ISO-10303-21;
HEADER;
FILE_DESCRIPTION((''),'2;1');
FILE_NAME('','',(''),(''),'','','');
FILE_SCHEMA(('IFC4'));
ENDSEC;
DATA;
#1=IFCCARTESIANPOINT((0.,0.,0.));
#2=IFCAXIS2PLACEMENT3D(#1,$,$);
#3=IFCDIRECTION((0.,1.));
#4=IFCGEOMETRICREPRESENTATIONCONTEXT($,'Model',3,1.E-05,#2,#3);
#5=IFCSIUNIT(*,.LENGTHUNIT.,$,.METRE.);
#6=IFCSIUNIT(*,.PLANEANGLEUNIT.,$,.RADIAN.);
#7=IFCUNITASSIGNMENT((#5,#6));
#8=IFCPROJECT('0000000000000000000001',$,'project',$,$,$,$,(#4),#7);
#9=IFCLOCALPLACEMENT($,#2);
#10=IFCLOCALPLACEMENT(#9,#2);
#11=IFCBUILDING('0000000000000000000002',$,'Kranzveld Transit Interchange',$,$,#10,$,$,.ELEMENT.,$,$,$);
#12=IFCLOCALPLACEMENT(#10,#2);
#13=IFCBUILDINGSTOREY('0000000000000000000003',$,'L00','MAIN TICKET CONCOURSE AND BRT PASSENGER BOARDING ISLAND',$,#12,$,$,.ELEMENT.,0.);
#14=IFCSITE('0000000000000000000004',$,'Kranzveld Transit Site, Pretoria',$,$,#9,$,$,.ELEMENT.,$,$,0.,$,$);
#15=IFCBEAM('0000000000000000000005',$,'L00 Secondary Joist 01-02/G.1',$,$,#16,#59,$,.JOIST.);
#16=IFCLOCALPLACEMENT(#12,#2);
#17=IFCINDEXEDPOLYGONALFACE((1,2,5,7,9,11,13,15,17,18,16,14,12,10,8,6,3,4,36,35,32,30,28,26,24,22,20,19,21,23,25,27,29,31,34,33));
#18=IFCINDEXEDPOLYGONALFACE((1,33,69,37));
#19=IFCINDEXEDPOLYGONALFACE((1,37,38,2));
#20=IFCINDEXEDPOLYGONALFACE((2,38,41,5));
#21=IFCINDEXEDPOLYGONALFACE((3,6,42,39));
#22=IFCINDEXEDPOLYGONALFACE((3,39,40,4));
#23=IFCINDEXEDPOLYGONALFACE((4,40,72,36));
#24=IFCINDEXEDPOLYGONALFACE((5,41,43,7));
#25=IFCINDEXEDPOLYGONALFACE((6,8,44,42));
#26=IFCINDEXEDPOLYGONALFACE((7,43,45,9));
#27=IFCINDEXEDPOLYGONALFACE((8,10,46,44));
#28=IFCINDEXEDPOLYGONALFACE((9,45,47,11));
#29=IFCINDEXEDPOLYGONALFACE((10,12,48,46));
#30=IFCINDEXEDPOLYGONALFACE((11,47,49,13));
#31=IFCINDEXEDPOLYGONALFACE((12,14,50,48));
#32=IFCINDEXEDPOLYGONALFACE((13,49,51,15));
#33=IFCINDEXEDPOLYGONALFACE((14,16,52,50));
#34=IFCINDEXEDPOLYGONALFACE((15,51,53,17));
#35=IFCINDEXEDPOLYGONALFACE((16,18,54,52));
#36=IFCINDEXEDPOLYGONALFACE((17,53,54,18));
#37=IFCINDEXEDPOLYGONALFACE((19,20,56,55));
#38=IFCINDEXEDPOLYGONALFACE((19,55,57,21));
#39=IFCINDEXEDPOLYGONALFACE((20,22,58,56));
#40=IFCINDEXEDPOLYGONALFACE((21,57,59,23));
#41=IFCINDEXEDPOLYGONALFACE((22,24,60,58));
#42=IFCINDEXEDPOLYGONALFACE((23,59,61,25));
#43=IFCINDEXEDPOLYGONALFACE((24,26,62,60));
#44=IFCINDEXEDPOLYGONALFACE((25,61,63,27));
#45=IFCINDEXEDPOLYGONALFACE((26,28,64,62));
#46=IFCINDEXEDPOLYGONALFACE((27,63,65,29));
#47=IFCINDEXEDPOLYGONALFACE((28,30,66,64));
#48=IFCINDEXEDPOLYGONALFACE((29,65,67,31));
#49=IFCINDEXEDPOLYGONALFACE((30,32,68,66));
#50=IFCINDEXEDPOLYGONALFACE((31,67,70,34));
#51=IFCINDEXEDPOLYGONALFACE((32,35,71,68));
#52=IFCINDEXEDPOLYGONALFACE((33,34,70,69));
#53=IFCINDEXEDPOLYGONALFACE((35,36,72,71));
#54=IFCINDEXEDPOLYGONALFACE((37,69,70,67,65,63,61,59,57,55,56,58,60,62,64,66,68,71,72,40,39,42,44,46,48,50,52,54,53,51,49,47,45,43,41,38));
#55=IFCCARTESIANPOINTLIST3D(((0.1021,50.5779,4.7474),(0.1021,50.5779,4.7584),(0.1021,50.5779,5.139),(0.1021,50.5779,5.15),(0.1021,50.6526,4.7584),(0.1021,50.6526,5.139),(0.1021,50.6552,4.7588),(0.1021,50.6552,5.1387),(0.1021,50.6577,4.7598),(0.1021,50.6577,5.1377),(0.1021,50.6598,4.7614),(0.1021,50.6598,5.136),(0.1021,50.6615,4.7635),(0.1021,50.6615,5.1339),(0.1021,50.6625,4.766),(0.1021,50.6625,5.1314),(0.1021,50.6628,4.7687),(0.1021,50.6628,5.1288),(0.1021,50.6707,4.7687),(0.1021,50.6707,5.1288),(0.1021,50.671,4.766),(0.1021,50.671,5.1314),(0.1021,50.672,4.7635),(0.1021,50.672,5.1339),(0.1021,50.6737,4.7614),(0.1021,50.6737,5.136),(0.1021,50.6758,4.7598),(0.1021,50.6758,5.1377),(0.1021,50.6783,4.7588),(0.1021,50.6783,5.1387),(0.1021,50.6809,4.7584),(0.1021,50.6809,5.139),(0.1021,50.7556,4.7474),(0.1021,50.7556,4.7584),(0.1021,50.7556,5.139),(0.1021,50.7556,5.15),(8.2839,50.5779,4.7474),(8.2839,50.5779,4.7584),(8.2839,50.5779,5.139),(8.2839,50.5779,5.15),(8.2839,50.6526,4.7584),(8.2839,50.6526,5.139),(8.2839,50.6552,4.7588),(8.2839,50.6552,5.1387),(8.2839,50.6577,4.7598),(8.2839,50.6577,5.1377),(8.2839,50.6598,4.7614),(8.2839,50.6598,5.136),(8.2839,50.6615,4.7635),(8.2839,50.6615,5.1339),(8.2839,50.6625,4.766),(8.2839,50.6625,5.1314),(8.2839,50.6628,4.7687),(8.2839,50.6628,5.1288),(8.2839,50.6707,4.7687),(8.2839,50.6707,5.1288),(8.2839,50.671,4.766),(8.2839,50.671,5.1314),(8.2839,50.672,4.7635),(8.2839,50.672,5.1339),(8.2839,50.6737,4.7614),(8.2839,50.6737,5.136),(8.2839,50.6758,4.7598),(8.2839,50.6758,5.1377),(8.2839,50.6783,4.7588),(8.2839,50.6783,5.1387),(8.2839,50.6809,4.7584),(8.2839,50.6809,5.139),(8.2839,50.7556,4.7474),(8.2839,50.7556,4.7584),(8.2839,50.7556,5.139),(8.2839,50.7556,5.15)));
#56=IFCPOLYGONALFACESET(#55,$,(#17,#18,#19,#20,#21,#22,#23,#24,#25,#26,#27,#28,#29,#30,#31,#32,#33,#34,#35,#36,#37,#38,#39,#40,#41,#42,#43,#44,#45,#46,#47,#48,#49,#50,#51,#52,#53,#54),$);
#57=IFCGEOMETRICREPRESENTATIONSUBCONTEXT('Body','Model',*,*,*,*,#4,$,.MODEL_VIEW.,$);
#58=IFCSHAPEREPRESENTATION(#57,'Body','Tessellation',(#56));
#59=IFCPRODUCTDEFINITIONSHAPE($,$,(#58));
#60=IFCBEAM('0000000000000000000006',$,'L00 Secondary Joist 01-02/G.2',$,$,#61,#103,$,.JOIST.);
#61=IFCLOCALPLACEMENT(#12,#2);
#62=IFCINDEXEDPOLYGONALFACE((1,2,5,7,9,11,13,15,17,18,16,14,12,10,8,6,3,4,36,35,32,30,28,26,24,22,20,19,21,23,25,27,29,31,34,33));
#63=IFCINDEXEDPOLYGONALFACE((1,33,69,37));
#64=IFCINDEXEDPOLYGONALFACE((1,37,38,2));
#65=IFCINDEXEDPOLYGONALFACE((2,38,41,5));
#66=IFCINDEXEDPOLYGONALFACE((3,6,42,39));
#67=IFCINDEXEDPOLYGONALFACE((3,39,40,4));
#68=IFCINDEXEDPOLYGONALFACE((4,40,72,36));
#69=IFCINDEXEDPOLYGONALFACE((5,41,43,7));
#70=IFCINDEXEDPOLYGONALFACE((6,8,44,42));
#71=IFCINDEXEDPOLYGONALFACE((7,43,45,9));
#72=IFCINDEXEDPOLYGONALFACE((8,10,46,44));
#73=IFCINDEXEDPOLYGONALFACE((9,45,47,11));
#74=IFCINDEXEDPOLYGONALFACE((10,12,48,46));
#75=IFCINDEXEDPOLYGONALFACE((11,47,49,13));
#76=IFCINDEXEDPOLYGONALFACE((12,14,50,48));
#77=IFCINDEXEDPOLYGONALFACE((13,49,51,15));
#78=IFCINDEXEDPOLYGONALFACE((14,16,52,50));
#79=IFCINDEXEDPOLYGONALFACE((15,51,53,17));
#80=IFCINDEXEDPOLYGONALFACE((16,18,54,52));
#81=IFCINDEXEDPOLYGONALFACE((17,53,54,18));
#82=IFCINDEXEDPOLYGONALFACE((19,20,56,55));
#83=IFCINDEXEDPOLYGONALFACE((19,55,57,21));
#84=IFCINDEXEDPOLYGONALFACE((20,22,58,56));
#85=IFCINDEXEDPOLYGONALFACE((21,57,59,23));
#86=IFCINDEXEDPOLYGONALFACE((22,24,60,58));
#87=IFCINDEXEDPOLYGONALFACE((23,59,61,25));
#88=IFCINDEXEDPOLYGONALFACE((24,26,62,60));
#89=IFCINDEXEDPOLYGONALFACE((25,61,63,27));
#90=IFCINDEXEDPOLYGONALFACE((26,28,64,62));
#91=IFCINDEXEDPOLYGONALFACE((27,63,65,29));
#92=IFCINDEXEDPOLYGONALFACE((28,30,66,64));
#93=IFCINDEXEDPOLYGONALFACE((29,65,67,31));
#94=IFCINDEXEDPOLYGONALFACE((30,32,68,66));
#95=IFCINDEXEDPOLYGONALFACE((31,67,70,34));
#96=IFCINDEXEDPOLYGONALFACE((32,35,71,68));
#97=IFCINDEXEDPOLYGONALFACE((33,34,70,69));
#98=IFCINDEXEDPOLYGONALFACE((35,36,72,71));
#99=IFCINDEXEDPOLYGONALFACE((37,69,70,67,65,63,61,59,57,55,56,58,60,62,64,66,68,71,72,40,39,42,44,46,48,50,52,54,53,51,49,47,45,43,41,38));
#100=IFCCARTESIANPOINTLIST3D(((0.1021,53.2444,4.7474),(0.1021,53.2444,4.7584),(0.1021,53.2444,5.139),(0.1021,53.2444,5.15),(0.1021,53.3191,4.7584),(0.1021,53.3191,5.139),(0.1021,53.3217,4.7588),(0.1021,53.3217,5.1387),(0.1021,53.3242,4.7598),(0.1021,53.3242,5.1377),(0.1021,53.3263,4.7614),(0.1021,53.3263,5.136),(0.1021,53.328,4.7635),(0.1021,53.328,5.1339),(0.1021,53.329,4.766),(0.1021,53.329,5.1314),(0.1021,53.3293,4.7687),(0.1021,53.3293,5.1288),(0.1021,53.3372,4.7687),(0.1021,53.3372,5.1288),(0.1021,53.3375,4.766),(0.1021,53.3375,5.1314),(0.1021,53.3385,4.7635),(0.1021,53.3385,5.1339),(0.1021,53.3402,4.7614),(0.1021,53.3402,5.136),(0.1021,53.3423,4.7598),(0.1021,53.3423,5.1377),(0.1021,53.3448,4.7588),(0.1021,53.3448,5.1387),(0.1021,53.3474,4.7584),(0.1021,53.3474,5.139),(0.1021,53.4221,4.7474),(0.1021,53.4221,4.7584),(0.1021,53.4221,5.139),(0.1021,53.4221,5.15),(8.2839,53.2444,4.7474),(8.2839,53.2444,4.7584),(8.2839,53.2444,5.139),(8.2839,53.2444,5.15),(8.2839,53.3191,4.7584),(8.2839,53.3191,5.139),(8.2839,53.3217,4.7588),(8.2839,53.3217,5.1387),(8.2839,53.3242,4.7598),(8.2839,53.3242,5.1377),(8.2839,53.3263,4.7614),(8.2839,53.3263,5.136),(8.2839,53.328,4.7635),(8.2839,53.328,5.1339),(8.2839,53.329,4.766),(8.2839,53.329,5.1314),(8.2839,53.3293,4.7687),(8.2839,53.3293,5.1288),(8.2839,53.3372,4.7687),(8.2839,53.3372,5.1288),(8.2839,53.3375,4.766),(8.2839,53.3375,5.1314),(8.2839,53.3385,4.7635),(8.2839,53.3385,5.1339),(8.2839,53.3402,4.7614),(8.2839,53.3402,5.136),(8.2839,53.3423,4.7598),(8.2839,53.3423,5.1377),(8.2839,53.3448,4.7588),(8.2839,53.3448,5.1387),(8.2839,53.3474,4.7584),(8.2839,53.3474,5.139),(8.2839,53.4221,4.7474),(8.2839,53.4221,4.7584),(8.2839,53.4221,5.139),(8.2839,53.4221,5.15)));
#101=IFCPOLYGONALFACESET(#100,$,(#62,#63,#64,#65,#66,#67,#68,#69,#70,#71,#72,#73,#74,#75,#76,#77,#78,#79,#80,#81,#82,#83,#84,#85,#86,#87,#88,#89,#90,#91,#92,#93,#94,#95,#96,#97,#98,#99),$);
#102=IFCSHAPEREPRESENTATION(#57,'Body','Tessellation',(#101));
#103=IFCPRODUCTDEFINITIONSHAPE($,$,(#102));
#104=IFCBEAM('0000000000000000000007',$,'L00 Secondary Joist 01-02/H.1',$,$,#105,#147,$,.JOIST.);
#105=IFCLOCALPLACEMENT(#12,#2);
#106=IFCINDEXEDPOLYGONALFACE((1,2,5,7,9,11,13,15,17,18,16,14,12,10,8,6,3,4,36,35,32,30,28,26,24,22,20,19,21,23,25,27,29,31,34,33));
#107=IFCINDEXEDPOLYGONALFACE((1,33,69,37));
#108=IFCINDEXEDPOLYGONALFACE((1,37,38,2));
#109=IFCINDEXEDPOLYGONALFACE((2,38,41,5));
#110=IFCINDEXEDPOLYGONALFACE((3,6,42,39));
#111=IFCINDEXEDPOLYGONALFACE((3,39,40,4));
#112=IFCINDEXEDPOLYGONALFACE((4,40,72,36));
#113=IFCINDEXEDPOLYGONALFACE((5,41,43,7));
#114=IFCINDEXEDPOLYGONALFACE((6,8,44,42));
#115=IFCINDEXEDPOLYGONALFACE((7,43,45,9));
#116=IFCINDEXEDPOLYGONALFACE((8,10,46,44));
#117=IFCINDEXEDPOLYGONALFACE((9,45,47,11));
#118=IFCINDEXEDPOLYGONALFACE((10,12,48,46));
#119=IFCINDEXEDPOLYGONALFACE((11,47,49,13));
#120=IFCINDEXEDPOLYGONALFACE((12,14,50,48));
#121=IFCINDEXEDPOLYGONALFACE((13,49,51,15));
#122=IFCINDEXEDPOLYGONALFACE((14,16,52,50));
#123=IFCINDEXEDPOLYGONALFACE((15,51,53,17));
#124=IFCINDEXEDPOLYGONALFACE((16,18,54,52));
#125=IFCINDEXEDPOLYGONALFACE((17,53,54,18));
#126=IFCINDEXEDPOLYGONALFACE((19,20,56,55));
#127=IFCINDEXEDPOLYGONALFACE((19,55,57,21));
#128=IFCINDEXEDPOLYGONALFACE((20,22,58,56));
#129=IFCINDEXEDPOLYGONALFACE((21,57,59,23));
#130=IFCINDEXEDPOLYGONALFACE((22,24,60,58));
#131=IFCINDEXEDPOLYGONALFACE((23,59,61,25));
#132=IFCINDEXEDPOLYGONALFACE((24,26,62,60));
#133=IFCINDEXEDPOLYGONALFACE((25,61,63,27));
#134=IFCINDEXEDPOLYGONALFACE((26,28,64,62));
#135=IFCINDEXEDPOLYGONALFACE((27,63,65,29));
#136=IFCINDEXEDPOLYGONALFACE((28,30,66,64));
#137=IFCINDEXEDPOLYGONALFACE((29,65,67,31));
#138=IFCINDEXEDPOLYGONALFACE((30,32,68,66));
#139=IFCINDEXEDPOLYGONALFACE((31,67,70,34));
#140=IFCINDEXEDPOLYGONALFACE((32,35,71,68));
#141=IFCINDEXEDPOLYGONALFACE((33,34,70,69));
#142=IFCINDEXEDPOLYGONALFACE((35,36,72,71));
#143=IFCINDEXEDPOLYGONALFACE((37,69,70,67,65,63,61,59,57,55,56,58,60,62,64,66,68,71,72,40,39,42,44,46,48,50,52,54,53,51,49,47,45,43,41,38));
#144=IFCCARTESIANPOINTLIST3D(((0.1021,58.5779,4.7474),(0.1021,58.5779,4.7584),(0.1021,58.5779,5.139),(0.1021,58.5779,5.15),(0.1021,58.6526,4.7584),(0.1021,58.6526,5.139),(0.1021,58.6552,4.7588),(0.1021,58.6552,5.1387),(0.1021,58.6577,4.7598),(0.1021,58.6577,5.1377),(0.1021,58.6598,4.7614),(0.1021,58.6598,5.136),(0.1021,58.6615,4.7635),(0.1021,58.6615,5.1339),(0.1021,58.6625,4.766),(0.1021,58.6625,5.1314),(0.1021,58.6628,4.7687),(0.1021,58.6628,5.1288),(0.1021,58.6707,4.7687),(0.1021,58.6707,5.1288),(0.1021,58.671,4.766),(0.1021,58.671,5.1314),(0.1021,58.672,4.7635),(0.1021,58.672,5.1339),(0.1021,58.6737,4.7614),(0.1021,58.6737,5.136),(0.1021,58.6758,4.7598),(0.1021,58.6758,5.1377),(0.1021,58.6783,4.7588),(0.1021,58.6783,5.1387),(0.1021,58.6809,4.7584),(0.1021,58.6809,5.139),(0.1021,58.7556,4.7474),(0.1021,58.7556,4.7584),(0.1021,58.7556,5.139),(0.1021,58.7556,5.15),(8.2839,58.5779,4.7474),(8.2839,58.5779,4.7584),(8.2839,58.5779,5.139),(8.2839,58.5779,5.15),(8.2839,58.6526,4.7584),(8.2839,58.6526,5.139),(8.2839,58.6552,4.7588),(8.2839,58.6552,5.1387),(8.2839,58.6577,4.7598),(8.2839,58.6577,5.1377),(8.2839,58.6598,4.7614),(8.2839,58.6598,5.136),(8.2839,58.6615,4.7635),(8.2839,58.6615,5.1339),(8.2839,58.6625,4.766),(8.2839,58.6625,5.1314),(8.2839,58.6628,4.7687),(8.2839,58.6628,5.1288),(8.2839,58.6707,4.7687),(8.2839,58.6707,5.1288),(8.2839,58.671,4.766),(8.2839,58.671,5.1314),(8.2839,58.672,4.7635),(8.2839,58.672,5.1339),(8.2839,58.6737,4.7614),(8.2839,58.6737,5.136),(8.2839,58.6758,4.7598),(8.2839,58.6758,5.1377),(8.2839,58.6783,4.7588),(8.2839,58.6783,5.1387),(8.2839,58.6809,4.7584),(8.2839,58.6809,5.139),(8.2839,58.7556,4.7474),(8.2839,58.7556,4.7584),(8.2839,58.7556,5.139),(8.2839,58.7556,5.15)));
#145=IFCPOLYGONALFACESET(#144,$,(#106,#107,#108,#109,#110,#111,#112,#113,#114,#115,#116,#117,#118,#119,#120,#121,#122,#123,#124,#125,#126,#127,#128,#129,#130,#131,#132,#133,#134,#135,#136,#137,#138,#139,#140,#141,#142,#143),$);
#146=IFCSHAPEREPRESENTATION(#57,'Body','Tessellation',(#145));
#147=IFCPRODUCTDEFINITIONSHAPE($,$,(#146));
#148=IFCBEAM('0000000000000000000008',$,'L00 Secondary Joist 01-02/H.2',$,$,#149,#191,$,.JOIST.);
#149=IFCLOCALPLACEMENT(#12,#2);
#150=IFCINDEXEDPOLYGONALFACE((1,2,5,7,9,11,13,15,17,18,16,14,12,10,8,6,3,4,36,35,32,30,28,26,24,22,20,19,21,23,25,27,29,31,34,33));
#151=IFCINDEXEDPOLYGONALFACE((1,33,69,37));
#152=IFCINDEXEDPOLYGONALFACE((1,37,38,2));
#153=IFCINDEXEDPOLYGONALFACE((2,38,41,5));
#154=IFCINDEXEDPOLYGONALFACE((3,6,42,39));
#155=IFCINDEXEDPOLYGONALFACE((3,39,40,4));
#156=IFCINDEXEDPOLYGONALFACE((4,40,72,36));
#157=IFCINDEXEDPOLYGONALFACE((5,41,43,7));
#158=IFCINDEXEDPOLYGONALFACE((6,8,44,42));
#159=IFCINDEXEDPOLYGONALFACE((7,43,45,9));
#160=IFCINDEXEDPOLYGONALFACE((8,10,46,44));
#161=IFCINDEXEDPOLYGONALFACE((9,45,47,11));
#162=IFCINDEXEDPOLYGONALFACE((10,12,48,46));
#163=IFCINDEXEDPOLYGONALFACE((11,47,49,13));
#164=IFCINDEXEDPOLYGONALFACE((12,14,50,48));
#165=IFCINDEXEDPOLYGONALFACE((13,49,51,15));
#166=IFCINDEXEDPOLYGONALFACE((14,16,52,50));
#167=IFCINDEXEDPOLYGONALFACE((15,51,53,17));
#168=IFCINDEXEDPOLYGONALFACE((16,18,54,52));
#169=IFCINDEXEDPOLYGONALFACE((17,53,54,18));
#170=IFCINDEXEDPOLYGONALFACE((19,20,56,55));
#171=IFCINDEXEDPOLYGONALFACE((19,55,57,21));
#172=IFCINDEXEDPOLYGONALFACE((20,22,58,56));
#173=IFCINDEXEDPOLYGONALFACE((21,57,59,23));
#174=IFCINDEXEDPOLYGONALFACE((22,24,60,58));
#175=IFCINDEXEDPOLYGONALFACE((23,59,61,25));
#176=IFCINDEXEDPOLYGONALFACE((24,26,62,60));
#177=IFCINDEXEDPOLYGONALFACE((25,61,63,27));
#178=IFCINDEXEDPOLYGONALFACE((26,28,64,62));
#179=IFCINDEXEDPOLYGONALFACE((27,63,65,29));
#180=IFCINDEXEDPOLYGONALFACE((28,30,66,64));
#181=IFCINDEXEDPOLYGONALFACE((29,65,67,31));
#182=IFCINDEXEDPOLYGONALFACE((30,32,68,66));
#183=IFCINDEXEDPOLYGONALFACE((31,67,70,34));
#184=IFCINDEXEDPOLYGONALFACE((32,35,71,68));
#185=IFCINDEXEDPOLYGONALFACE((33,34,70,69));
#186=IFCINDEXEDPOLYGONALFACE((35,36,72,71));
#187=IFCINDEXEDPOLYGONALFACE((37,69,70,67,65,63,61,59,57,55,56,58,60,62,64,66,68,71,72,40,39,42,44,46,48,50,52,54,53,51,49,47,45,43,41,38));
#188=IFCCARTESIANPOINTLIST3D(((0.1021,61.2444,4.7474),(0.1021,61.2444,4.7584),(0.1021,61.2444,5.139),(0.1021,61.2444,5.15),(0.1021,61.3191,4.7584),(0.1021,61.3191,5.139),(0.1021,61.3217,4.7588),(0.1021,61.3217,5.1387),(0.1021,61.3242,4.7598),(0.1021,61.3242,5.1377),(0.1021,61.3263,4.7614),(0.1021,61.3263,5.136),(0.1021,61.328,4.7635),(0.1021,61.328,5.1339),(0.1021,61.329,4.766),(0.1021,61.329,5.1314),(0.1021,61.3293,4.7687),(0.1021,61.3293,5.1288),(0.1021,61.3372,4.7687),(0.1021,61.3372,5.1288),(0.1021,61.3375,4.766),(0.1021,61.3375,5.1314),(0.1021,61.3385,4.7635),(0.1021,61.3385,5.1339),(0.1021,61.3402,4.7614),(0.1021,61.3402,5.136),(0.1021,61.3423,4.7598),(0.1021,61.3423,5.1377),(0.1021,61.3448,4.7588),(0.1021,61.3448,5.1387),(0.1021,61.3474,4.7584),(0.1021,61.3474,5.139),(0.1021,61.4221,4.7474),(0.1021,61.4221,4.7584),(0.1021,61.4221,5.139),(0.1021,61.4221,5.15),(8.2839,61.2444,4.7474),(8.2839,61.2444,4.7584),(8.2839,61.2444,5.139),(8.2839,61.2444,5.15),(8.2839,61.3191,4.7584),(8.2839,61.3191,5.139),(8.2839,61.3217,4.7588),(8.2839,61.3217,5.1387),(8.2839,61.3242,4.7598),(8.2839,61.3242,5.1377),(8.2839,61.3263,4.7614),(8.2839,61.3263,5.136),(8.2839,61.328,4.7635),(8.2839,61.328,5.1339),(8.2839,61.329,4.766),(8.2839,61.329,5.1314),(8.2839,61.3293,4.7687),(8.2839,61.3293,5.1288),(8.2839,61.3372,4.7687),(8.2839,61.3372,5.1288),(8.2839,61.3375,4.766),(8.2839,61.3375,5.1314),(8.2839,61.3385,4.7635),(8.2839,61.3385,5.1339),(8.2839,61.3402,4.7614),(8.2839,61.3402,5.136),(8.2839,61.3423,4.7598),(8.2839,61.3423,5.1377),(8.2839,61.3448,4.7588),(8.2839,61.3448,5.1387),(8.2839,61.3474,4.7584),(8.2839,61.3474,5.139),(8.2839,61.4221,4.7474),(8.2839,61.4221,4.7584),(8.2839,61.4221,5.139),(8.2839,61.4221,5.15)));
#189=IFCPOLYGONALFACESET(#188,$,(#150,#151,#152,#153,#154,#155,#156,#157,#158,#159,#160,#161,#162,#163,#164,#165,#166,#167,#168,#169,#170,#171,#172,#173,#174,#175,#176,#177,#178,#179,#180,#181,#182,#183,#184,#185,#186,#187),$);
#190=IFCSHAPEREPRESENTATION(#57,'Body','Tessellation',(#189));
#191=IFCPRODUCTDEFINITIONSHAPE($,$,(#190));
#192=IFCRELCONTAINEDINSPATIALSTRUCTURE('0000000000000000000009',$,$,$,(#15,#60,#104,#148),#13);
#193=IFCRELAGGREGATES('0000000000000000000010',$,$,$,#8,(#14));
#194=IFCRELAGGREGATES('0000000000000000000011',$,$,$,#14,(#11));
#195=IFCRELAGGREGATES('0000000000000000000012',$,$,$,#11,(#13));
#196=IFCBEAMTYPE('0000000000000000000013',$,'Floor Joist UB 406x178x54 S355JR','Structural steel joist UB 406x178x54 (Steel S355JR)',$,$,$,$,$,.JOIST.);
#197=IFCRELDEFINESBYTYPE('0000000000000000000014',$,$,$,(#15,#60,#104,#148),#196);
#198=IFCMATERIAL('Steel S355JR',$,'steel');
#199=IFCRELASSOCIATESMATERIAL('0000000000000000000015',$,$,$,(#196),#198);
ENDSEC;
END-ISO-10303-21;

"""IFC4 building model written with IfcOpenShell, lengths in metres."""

from ifc_helpers import new_model, si_unit, direction, frame, origin, origin_2d, place, context, subcontext, project, spatial, i_section, extrude, material, material_profile, profile_set, type_object, element, save


model = new_model("IFC4")

# Units and contexts
model_context = context("Model", 3, precision=1e-05, world=origin(), true_north=direction((0.0, 1.0)))
body_context = subcontext(model_context, "Body", "Model", "MODEL_VIEW")
ifc_project = project(units=[si_unit("LENGTHUNIT", "METRE"), si_unit("PLANEANGLEUNIT", "RADIAN")], contexts=[model_context])

# Site, building, storey
site_placement = place(None, origin())
site = spatial("IfcSite", under=ifc_project, at=site_placement, Name="Kranzveld Transit Site, Pretoria", CompositionType="ELEMENT", RefElevation=0.0)
building_placement = place(site_placement, origin())
building = spatial("IfcBuilding", under=site, at=building_placement, Name="Kranzveld Transit Interchange", CompositionType="ELEMENT")
storey_placement = place(building_placement, origin())
storey = spatial("IfcBuildingStorey", under=building, at=storey_placement, Name="L00", Description="MAIN TICKET CONCOURSE AND BRT PASSENGER BOARDING ISLAND", CompositionType="ELEMENT", Elevation=0.0)

# Beams
ifc_material_1 = material(Name="Steel S355JR", Category="steel")
ifc_material_profile_1 = material_profile(ifc_material_1, i_section(OverallWidth=0.1777, OverallDepth=0.4026, WebThickness=0.0078, FlangeThickness=0.011, FilletRadius=0.0103, at=origin_2d()), Name="UB 406x178x54")
ifc_profile_set_1 = profile_set([ifc_material_profile_1], Name="Steel S355JR")
beam_type_1 = type_object("IfcBeamType", Name="Floor Joist UB 406x178x54 S355JR", Description="Structural steel joist UB 406x178x54 (Steel S355JR)", PredefinedType="JOIST", material=ifc_profile_set_1)
for number, where, z_axis, x_axis, name in (
    (1, (0.1021, 50.6667, 4.9487), (1.0, 0.0, 0.0), (0.0, 1.0, 0.0), "L00 Secondary Joist 01-02/G.1"),
    (2, (0.1021, 53.3333, 4.9487), (1.0, 0.0, 0.0), (0.0, 1.0, 0.0), "L00 Secondary Joist 01-02/G.2"),
    (3, (0.1021, 58.6667, 4.9487), (1.0, 0.0, 0.0), (0.0, 1.0, 0.0), "L00 Secondary Joist 01-02/H.1"),
    (4, (0.1021, 61.3333, 4.9487), (1.0, 0.0, 0.0), (0.0, 1.0, 0.0), "L00 Secondary Joist 01-02/H.2"),
):
    element("IfcBeam", number, at=place(storey_placement, frame(where, z_axis=z_axis, x_axis=x_axis)), inside=storey, type_object=beam_type_1, Name=name, PredefinedType="JOIST", context=body_context, shape_type="SweptSolid", body=[
        extrude(i_section(OverallWidth=0.1777, OverallDepth=0.4026, WebThickness=0.0078, FlangeThickness=0.011, FilletRadius=0.0103, at=origin_2d()), origin(), (0.0, 0.0, 1.0), 8.1819),
    ])

save(model, "model.ifc")
